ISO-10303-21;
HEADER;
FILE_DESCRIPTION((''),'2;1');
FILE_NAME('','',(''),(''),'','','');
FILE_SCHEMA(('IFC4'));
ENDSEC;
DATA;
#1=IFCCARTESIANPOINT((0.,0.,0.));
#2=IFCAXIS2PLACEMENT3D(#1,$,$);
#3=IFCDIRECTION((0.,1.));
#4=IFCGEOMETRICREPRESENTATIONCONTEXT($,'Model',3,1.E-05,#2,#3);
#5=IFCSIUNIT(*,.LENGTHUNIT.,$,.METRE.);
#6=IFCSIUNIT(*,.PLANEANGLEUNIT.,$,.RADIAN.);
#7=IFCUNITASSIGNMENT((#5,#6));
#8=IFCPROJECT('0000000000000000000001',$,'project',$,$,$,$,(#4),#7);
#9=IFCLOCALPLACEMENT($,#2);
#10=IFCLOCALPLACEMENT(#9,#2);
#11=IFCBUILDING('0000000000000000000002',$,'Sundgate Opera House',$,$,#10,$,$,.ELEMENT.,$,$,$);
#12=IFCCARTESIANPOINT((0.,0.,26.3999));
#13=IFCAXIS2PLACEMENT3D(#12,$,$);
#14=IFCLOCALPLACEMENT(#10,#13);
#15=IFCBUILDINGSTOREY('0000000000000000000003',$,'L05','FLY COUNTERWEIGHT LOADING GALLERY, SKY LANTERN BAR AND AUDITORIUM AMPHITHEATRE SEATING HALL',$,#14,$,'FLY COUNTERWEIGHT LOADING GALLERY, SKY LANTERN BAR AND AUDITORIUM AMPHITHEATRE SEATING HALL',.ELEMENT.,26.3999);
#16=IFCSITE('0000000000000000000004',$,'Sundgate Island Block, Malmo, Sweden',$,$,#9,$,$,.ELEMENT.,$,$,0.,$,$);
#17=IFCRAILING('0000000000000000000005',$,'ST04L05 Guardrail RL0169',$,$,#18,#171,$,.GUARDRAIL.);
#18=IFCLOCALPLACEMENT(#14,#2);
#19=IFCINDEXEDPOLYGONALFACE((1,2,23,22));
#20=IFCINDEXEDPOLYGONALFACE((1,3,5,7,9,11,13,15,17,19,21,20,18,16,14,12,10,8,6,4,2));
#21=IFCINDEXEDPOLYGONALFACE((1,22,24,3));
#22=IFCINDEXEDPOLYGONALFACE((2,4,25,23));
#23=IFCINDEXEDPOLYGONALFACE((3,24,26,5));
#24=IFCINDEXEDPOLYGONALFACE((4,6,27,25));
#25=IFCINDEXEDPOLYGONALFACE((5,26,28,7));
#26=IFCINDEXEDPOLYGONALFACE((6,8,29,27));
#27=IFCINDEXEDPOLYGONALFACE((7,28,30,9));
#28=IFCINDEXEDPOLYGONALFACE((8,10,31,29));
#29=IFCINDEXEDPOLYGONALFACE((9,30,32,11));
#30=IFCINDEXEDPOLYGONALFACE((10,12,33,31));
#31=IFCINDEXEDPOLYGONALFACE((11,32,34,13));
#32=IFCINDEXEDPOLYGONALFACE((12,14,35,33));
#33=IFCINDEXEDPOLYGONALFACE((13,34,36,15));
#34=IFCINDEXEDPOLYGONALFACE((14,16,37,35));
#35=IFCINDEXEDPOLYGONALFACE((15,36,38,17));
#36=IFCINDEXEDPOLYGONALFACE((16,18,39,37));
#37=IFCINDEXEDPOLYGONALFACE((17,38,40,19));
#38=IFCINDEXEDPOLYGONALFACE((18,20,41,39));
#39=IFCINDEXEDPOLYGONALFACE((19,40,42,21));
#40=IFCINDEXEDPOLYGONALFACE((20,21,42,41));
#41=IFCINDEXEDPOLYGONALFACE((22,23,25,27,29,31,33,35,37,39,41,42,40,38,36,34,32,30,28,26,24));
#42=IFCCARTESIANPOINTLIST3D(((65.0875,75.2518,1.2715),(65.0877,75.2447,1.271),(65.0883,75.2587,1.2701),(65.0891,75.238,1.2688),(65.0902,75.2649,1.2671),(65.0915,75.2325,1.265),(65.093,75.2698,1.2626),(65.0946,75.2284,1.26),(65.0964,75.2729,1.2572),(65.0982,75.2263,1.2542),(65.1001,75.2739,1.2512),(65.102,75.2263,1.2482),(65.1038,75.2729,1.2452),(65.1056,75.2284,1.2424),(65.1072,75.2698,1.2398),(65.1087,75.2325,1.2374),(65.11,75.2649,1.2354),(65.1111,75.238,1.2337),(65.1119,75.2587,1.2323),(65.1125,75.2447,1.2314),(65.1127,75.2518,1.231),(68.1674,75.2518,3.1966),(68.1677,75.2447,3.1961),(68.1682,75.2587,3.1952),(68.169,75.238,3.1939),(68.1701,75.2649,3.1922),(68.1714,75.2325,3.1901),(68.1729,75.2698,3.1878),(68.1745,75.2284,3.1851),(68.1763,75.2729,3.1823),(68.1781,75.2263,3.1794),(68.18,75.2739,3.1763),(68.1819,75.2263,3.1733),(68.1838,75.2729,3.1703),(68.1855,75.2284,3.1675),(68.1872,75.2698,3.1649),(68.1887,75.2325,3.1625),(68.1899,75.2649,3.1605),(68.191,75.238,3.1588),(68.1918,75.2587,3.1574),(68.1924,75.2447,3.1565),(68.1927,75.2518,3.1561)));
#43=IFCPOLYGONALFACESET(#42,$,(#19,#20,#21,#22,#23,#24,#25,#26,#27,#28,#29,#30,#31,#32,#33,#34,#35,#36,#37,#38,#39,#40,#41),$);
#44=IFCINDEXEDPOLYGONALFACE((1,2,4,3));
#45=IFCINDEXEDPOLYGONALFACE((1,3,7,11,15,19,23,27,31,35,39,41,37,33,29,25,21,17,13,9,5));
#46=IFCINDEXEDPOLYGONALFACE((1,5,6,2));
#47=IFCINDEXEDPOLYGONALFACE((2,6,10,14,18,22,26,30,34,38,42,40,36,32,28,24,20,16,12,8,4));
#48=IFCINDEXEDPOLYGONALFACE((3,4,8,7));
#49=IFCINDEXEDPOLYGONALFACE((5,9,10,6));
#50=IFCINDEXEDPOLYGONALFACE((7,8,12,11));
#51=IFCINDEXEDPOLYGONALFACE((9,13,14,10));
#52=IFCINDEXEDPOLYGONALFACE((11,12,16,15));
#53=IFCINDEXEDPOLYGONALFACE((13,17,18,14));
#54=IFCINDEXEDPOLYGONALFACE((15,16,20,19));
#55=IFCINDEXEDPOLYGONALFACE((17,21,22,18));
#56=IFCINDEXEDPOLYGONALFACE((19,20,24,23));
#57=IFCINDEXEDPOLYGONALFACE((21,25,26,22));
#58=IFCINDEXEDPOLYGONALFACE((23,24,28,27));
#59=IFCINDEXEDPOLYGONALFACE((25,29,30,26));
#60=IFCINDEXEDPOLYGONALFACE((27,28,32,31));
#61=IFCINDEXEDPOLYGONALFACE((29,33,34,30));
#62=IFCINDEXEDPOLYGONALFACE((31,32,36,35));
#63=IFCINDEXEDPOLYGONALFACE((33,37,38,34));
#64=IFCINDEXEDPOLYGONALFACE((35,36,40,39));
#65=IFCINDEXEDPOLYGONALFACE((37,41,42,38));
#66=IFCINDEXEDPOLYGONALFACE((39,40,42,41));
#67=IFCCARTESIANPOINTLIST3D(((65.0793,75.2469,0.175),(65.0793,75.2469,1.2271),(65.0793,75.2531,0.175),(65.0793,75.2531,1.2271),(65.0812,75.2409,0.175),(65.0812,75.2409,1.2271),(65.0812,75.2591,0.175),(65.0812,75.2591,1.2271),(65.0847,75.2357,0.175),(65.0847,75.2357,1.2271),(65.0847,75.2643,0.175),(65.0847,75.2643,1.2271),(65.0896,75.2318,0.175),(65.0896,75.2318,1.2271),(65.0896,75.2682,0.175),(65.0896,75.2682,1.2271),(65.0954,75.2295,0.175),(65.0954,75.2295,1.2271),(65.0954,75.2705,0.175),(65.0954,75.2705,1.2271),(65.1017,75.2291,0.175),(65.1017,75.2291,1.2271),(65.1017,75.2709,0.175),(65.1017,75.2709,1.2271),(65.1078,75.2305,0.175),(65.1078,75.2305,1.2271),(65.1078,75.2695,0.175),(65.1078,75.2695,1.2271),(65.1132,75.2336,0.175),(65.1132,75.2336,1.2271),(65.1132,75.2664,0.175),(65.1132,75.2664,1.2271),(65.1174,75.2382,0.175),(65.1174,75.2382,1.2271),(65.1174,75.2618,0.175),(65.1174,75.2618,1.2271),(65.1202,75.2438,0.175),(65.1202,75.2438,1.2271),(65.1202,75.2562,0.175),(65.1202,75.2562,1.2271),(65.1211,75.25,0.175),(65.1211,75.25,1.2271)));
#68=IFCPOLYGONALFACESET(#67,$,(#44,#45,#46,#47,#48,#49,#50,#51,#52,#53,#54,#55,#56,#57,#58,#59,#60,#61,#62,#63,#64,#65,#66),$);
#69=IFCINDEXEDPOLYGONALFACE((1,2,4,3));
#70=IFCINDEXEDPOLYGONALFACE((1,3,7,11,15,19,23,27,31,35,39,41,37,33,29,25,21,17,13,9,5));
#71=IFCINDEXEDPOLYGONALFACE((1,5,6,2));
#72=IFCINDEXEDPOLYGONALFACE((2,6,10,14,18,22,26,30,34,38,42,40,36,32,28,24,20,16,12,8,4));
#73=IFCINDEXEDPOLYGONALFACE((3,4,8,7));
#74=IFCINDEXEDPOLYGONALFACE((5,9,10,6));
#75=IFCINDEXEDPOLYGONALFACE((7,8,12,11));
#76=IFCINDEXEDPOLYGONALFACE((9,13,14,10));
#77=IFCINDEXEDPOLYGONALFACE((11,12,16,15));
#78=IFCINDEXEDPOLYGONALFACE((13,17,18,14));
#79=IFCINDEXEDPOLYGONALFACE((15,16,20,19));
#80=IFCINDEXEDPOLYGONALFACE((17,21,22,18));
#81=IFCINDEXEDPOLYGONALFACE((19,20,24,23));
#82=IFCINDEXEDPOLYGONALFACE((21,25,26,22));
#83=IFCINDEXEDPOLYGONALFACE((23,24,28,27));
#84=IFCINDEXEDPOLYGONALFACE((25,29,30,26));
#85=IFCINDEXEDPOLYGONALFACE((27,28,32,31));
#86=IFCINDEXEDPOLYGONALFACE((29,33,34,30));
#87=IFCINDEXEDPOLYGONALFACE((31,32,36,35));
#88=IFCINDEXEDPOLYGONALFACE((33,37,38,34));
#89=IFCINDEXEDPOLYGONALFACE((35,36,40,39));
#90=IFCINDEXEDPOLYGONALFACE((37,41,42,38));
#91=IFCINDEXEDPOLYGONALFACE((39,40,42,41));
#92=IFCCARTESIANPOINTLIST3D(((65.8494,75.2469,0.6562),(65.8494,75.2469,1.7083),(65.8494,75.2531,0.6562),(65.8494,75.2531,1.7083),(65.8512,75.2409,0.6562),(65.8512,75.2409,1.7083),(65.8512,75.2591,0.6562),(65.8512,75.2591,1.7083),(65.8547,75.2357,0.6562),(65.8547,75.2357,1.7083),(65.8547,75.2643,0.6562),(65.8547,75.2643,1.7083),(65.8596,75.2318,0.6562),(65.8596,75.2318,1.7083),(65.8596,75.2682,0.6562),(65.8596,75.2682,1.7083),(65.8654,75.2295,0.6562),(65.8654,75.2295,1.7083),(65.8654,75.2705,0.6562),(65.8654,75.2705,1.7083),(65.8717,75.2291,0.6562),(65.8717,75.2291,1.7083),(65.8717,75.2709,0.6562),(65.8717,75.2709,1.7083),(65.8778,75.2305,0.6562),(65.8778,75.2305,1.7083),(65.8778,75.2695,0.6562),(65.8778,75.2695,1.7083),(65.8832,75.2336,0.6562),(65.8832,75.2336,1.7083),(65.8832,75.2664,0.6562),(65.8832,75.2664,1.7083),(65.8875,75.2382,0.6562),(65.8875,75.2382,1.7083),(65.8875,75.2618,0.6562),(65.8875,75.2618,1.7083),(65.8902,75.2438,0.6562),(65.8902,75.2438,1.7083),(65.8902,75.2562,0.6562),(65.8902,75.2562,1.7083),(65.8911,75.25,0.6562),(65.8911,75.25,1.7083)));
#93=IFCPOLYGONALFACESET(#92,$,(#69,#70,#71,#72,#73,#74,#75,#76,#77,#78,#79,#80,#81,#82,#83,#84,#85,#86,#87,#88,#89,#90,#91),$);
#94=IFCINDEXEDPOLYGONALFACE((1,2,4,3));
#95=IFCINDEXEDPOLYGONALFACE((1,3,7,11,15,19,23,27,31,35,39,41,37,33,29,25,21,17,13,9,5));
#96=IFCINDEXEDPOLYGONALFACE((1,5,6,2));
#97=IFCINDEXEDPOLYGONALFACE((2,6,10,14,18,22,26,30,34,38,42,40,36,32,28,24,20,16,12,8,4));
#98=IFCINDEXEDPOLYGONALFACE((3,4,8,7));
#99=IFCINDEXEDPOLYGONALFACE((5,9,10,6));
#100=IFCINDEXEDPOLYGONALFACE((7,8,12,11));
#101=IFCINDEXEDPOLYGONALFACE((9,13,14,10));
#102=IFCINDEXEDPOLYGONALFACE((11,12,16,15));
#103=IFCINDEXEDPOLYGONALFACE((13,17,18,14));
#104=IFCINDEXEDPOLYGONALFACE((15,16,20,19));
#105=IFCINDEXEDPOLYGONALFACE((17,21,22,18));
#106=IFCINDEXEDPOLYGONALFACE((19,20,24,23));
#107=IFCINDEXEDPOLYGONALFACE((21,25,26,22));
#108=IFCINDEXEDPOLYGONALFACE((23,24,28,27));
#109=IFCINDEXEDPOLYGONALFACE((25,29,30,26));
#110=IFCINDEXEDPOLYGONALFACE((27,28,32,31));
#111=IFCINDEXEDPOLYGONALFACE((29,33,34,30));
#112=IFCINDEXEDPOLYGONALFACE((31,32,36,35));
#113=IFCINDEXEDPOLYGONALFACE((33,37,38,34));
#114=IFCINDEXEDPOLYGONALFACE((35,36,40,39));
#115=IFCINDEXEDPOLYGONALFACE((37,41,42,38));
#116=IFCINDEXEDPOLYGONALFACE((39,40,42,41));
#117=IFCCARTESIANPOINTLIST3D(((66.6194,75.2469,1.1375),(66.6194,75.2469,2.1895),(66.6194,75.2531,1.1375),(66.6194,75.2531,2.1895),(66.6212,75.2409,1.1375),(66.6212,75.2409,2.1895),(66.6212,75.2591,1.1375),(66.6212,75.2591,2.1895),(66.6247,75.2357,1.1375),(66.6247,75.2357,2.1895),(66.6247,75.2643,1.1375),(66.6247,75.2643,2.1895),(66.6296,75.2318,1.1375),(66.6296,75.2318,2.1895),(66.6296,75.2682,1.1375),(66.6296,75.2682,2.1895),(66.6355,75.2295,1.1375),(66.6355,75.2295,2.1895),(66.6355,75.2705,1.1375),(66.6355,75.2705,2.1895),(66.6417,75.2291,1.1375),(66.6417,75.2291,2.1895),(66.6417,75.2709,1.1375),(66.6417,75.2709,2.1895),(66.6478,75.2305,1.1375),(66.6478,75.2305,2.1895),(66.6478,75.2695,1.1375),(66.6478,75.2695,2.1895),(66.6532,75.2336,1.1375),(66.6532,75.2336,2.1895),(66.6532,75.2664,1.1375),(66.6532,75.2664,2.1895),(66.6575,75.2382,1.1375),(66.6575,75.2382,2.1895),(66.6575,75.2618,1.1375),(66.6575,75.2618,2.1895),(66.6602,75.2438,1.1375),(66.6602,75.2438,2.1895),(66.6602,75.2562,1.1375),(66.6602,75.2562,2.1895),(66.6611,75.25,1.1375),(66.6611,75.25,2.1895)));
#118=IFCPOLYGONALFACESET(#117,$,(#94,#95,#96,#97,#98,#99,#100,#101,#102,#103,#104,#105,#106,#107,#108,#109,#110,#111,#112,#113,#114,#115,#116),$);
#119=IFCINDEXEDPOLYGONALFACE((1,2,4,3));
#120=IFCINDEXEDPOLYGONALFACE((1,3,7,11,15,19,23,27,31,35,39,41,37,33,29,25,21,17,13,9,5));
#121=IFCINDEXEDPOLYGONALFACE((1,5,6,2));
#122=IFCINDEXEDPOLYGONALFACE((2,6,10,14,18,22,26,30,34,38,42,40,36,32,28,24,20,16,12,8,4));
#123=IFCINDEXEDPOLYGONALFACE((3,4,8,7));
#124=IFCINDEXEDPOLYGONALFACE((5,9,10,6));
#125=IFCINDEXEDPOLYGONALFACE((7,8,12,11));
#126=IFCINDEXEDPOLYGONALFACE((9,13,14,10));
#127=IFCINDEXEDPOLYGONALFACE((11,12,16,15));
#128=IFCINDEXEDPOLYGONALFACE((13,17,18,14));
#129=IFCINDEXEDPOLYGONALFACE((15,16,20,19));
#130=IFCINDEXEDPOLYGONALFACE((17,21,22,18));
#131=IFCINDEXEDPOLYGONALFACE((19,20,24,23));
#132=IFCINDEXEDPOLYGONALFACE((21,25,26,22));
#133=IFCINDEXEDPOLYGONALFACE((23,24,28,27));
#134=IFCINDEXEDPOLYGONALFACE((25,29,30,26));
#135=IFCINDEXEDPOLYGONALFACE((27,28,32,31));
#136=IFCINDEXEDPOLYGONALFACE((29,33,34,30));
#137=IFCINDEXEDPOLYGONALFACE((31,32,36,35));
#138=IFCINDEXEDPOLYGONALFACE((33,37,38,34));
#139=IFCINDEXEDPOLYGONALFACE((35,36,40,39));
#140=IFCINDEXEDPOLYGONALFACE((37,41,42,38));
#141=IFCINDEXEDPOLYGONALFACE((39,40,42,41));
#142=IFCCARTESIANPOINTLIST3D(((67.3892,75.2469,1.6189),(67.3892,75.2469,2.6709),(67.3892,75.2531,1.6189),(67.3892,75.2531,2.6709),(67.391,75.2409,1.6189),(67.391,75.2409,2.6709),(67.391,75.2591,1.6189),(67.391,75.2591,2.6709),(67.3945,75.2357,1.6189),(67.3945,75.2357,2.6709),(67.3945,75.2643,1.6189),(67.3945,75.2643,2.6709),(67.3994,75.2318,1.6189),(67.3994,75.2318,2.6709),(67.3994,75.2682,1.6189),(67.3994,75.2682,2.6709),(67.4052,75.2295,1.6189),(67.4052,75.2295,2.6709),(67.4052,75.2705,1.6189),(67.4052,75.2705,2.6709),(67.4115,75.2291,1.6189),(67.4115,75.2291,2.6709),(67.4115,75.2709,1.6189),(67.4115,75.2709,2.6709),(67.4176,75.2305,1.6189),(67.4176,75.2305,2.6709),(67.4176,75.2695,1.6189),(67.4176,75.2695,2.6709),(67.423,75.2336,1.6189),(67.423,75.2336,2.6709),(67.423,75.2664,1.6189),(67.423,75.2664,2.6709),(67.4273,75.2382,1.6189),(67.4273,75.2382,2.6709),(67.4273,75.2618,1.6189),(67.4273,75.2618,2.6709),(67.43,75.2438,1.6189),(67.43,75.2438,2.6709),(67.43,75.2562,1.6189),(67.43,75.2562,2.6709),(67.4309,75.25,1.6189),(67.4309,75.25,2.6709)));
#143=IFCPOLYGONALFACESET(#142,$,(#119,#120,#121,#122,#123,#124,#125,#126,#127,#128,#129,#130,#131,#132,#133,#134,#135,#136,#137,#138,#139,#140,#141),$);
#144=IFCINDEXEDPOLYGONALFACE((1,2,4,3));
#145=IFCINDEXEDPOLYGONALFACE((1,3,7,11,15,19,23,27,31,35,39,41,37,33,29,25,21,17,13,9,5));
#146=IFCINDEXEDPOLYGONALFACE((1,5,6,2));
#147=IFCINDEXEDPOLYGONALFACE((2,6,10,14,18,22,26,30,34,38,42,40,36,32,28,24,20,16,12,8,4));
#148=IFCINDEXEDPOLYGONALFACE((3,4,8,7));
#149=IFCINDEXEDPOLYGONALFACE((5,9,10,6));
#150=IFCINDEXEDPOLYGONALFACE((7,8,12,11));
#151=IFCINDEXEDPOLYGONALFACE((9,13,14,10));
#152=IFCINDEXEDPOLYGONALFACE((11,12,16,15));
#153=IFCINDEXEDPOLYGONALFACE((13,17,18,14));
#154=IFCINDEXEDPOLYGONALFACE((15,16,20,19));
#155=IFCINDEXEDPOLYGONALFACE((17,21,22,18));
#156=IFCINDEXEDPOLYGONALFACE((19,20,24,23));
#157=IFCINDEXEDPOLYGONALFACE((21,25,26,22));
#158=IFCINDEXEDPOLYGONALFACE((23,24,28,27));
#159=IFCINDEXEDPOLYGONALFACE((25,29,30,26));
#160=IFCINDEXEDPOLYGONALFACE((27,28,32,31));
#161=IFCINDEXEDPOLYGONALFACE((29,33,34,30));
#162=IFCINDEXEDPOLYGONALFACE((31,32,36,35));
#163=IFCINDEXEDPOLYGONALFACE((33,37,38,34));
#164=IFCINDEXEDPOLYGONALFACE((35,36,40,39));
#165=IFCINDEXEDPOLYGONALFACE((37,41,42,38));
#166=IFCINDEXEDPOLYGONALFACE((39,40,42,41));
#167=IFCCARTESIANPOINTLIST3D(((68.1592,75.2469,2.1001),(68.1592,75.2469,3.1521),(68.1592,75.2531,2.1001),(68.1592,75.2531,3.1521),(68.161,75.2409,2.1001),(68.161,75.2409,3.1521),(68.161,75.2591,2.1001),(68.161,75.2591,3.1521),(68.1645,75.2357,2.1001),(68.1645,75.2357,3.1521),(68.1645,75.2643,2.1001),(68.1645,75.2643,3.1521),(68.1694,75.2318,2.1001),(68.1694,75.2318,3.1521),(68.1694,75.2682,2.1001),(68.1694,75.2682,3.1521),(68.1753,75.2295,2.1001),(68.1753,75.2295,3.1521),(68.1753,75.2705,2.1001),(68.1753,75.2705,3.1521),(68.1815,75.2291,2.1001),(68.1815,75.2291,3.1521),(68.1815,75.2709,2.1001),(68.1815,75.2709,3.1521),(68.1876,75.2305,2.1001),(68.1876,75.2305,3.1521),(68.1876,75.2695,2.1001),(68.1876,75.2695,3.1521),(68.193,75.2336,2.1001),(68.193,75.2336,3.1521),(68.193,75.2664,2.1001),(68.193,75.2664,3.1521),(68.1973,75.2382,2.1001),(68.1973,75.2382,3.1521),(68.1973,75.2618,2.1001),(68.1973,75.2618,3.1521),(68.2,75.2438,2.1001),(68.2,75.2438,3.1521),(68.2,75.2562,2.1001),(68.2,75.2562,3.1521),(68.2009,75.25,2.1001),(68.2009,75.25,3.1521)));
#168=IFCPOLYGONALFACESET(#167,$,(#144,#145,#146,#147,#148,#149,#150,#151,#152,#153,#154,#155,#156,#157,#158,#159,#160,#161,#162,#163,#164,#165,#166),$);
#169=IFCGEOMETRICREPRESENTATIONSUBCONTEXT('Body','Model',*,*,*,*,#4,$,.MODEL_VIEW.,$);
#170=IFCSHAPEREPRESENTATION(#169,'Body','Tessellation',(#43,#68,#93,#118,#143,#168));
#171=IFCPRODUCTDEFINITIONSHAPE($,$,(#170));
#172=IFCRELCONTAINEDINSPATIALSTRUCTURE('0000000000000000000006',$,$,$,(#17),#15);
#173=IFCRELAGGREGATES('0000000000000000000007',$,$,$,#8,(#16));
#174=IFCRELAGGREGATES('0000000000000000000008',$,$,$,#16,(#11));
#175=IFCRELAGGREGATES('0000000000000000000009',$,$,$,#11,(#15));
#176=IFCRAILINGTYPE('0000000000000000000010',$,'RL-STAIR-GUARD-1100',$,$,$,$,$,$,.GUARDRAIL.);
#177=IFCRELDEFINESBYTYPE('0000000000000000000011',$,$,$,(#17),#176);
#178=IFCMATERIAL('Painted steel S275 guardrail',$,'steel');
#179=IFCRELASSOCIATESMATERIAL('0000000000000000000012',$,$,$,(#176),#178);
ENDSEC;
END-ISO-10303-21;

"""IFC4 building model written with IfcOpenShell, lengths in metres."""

from ifc_helpers import new_model, si_unit, direction, frame, origin, origin_2d, place, context, subcontext, project, spatial, circle, extrude, material, type_object, element, save


model = new_model("IFC4")

# Units and contexts
model_context = context("Model", 3, precision=1e-05, world=origin(), true_north=direction((0.0, 1.0)))
body_context = subcontext(model_context, "Body", "Model", "MODEL_VIEW")
ifc_project = project(units=[si_unit("LENGTHUNIT", "METRE"), si_unit("PLANEANGLEUNIT", "RADIAN")], contexts=[model_context])

# Site, building, storey
site_placement = place(None, origin())
site = spatial("IfcSite", under=ifc_project, at=site_placement, Name="Sundgate Island Block, Malmo, Sweden", CompositionType="ELEMENT", RefElevation=0.0)
building_placement = place(site_placement, origin())
building = spatial("IfcBuilding", under=site, at=building_placement, Name="Sundgate Opera House", CompositionType="ELEMENT")
storey_placement = place(building_placement, frame((0.0, 0.0, 26.3999)))
storey = spatial("IfcBuildingStorey", under=building, at=storey_placement, Name="L05", Description="FLY COUNTERWEIGHT LOADING GALLERY, SKY LANTERN BAR AND AUDITORIUM AMPHITHEATRE SEATING HALL", LongName="FLY COUNTERWEIGHT LOADING GALLERY, SKY LANTERN BAR AND AUDITORIUM AMPHITHEATRE SEATING HALL", CompositionType="ELEMENT", Elevation=26.3999)

# Railing
ifc_material_1 = material(Name="Painted steel S275 guardrail", Category="steel")
railing_type_1 = type_object("IfcRailingType", Name="RL-STAIR-GUARD-1100", PredefinedType="GUARDRAIL", material=ifc_material_1)
railing_1_placement = place(storey_placement, frame((65.1001, 75.25, 0.175)))
element("IfcRailing", 1, at=railing_1_placement, inside=storey, type_object=railing_type_1, Name="ST04L05 Guardrail RL0169", PredefinedType="GUARDRAIL", context=body_context, shape_type="SweptSolid", body=[
    extrude(circle(Radius=0.0239, at=origin_2d()), frame((0.0, 0.0, 1.0762), z_axis=(0.847979, 0.0, 0.530029), x_axis=(0.0, 1.0, 0.0)), (0.0, 0.0, 1.0), 3.6321),
    extrude(circle(Radius=0.021, at=origin_2d()), origin(), (0.0, 0.0, 1.0), 1.052),
    extrude(circle(Radius=0.021, at=origin_2d()), frame((0.77, 0.0, 0.4812)), (0.0, 0.0, 1.0), 1.052),
    extrude(circle(Radius=0.021, at=origin_2d()), frame((1.54, 0.0, 0.9624)), (0.0, 0.0, 1.0), 1.052),
    extrude(circle(Radius=0.021, at=origin_2d()), frame((2.3098, 0.0, 1.4438)), (0.0, 0.0, 1.0), 1.052),
    extrude(circle(Radius=0.021, at=origin_2d()), frame((3.0798, 0.0, 1.925)), (0.0, 0.0, 1.0), 1.052),
])

save(model, "model.ifc")
